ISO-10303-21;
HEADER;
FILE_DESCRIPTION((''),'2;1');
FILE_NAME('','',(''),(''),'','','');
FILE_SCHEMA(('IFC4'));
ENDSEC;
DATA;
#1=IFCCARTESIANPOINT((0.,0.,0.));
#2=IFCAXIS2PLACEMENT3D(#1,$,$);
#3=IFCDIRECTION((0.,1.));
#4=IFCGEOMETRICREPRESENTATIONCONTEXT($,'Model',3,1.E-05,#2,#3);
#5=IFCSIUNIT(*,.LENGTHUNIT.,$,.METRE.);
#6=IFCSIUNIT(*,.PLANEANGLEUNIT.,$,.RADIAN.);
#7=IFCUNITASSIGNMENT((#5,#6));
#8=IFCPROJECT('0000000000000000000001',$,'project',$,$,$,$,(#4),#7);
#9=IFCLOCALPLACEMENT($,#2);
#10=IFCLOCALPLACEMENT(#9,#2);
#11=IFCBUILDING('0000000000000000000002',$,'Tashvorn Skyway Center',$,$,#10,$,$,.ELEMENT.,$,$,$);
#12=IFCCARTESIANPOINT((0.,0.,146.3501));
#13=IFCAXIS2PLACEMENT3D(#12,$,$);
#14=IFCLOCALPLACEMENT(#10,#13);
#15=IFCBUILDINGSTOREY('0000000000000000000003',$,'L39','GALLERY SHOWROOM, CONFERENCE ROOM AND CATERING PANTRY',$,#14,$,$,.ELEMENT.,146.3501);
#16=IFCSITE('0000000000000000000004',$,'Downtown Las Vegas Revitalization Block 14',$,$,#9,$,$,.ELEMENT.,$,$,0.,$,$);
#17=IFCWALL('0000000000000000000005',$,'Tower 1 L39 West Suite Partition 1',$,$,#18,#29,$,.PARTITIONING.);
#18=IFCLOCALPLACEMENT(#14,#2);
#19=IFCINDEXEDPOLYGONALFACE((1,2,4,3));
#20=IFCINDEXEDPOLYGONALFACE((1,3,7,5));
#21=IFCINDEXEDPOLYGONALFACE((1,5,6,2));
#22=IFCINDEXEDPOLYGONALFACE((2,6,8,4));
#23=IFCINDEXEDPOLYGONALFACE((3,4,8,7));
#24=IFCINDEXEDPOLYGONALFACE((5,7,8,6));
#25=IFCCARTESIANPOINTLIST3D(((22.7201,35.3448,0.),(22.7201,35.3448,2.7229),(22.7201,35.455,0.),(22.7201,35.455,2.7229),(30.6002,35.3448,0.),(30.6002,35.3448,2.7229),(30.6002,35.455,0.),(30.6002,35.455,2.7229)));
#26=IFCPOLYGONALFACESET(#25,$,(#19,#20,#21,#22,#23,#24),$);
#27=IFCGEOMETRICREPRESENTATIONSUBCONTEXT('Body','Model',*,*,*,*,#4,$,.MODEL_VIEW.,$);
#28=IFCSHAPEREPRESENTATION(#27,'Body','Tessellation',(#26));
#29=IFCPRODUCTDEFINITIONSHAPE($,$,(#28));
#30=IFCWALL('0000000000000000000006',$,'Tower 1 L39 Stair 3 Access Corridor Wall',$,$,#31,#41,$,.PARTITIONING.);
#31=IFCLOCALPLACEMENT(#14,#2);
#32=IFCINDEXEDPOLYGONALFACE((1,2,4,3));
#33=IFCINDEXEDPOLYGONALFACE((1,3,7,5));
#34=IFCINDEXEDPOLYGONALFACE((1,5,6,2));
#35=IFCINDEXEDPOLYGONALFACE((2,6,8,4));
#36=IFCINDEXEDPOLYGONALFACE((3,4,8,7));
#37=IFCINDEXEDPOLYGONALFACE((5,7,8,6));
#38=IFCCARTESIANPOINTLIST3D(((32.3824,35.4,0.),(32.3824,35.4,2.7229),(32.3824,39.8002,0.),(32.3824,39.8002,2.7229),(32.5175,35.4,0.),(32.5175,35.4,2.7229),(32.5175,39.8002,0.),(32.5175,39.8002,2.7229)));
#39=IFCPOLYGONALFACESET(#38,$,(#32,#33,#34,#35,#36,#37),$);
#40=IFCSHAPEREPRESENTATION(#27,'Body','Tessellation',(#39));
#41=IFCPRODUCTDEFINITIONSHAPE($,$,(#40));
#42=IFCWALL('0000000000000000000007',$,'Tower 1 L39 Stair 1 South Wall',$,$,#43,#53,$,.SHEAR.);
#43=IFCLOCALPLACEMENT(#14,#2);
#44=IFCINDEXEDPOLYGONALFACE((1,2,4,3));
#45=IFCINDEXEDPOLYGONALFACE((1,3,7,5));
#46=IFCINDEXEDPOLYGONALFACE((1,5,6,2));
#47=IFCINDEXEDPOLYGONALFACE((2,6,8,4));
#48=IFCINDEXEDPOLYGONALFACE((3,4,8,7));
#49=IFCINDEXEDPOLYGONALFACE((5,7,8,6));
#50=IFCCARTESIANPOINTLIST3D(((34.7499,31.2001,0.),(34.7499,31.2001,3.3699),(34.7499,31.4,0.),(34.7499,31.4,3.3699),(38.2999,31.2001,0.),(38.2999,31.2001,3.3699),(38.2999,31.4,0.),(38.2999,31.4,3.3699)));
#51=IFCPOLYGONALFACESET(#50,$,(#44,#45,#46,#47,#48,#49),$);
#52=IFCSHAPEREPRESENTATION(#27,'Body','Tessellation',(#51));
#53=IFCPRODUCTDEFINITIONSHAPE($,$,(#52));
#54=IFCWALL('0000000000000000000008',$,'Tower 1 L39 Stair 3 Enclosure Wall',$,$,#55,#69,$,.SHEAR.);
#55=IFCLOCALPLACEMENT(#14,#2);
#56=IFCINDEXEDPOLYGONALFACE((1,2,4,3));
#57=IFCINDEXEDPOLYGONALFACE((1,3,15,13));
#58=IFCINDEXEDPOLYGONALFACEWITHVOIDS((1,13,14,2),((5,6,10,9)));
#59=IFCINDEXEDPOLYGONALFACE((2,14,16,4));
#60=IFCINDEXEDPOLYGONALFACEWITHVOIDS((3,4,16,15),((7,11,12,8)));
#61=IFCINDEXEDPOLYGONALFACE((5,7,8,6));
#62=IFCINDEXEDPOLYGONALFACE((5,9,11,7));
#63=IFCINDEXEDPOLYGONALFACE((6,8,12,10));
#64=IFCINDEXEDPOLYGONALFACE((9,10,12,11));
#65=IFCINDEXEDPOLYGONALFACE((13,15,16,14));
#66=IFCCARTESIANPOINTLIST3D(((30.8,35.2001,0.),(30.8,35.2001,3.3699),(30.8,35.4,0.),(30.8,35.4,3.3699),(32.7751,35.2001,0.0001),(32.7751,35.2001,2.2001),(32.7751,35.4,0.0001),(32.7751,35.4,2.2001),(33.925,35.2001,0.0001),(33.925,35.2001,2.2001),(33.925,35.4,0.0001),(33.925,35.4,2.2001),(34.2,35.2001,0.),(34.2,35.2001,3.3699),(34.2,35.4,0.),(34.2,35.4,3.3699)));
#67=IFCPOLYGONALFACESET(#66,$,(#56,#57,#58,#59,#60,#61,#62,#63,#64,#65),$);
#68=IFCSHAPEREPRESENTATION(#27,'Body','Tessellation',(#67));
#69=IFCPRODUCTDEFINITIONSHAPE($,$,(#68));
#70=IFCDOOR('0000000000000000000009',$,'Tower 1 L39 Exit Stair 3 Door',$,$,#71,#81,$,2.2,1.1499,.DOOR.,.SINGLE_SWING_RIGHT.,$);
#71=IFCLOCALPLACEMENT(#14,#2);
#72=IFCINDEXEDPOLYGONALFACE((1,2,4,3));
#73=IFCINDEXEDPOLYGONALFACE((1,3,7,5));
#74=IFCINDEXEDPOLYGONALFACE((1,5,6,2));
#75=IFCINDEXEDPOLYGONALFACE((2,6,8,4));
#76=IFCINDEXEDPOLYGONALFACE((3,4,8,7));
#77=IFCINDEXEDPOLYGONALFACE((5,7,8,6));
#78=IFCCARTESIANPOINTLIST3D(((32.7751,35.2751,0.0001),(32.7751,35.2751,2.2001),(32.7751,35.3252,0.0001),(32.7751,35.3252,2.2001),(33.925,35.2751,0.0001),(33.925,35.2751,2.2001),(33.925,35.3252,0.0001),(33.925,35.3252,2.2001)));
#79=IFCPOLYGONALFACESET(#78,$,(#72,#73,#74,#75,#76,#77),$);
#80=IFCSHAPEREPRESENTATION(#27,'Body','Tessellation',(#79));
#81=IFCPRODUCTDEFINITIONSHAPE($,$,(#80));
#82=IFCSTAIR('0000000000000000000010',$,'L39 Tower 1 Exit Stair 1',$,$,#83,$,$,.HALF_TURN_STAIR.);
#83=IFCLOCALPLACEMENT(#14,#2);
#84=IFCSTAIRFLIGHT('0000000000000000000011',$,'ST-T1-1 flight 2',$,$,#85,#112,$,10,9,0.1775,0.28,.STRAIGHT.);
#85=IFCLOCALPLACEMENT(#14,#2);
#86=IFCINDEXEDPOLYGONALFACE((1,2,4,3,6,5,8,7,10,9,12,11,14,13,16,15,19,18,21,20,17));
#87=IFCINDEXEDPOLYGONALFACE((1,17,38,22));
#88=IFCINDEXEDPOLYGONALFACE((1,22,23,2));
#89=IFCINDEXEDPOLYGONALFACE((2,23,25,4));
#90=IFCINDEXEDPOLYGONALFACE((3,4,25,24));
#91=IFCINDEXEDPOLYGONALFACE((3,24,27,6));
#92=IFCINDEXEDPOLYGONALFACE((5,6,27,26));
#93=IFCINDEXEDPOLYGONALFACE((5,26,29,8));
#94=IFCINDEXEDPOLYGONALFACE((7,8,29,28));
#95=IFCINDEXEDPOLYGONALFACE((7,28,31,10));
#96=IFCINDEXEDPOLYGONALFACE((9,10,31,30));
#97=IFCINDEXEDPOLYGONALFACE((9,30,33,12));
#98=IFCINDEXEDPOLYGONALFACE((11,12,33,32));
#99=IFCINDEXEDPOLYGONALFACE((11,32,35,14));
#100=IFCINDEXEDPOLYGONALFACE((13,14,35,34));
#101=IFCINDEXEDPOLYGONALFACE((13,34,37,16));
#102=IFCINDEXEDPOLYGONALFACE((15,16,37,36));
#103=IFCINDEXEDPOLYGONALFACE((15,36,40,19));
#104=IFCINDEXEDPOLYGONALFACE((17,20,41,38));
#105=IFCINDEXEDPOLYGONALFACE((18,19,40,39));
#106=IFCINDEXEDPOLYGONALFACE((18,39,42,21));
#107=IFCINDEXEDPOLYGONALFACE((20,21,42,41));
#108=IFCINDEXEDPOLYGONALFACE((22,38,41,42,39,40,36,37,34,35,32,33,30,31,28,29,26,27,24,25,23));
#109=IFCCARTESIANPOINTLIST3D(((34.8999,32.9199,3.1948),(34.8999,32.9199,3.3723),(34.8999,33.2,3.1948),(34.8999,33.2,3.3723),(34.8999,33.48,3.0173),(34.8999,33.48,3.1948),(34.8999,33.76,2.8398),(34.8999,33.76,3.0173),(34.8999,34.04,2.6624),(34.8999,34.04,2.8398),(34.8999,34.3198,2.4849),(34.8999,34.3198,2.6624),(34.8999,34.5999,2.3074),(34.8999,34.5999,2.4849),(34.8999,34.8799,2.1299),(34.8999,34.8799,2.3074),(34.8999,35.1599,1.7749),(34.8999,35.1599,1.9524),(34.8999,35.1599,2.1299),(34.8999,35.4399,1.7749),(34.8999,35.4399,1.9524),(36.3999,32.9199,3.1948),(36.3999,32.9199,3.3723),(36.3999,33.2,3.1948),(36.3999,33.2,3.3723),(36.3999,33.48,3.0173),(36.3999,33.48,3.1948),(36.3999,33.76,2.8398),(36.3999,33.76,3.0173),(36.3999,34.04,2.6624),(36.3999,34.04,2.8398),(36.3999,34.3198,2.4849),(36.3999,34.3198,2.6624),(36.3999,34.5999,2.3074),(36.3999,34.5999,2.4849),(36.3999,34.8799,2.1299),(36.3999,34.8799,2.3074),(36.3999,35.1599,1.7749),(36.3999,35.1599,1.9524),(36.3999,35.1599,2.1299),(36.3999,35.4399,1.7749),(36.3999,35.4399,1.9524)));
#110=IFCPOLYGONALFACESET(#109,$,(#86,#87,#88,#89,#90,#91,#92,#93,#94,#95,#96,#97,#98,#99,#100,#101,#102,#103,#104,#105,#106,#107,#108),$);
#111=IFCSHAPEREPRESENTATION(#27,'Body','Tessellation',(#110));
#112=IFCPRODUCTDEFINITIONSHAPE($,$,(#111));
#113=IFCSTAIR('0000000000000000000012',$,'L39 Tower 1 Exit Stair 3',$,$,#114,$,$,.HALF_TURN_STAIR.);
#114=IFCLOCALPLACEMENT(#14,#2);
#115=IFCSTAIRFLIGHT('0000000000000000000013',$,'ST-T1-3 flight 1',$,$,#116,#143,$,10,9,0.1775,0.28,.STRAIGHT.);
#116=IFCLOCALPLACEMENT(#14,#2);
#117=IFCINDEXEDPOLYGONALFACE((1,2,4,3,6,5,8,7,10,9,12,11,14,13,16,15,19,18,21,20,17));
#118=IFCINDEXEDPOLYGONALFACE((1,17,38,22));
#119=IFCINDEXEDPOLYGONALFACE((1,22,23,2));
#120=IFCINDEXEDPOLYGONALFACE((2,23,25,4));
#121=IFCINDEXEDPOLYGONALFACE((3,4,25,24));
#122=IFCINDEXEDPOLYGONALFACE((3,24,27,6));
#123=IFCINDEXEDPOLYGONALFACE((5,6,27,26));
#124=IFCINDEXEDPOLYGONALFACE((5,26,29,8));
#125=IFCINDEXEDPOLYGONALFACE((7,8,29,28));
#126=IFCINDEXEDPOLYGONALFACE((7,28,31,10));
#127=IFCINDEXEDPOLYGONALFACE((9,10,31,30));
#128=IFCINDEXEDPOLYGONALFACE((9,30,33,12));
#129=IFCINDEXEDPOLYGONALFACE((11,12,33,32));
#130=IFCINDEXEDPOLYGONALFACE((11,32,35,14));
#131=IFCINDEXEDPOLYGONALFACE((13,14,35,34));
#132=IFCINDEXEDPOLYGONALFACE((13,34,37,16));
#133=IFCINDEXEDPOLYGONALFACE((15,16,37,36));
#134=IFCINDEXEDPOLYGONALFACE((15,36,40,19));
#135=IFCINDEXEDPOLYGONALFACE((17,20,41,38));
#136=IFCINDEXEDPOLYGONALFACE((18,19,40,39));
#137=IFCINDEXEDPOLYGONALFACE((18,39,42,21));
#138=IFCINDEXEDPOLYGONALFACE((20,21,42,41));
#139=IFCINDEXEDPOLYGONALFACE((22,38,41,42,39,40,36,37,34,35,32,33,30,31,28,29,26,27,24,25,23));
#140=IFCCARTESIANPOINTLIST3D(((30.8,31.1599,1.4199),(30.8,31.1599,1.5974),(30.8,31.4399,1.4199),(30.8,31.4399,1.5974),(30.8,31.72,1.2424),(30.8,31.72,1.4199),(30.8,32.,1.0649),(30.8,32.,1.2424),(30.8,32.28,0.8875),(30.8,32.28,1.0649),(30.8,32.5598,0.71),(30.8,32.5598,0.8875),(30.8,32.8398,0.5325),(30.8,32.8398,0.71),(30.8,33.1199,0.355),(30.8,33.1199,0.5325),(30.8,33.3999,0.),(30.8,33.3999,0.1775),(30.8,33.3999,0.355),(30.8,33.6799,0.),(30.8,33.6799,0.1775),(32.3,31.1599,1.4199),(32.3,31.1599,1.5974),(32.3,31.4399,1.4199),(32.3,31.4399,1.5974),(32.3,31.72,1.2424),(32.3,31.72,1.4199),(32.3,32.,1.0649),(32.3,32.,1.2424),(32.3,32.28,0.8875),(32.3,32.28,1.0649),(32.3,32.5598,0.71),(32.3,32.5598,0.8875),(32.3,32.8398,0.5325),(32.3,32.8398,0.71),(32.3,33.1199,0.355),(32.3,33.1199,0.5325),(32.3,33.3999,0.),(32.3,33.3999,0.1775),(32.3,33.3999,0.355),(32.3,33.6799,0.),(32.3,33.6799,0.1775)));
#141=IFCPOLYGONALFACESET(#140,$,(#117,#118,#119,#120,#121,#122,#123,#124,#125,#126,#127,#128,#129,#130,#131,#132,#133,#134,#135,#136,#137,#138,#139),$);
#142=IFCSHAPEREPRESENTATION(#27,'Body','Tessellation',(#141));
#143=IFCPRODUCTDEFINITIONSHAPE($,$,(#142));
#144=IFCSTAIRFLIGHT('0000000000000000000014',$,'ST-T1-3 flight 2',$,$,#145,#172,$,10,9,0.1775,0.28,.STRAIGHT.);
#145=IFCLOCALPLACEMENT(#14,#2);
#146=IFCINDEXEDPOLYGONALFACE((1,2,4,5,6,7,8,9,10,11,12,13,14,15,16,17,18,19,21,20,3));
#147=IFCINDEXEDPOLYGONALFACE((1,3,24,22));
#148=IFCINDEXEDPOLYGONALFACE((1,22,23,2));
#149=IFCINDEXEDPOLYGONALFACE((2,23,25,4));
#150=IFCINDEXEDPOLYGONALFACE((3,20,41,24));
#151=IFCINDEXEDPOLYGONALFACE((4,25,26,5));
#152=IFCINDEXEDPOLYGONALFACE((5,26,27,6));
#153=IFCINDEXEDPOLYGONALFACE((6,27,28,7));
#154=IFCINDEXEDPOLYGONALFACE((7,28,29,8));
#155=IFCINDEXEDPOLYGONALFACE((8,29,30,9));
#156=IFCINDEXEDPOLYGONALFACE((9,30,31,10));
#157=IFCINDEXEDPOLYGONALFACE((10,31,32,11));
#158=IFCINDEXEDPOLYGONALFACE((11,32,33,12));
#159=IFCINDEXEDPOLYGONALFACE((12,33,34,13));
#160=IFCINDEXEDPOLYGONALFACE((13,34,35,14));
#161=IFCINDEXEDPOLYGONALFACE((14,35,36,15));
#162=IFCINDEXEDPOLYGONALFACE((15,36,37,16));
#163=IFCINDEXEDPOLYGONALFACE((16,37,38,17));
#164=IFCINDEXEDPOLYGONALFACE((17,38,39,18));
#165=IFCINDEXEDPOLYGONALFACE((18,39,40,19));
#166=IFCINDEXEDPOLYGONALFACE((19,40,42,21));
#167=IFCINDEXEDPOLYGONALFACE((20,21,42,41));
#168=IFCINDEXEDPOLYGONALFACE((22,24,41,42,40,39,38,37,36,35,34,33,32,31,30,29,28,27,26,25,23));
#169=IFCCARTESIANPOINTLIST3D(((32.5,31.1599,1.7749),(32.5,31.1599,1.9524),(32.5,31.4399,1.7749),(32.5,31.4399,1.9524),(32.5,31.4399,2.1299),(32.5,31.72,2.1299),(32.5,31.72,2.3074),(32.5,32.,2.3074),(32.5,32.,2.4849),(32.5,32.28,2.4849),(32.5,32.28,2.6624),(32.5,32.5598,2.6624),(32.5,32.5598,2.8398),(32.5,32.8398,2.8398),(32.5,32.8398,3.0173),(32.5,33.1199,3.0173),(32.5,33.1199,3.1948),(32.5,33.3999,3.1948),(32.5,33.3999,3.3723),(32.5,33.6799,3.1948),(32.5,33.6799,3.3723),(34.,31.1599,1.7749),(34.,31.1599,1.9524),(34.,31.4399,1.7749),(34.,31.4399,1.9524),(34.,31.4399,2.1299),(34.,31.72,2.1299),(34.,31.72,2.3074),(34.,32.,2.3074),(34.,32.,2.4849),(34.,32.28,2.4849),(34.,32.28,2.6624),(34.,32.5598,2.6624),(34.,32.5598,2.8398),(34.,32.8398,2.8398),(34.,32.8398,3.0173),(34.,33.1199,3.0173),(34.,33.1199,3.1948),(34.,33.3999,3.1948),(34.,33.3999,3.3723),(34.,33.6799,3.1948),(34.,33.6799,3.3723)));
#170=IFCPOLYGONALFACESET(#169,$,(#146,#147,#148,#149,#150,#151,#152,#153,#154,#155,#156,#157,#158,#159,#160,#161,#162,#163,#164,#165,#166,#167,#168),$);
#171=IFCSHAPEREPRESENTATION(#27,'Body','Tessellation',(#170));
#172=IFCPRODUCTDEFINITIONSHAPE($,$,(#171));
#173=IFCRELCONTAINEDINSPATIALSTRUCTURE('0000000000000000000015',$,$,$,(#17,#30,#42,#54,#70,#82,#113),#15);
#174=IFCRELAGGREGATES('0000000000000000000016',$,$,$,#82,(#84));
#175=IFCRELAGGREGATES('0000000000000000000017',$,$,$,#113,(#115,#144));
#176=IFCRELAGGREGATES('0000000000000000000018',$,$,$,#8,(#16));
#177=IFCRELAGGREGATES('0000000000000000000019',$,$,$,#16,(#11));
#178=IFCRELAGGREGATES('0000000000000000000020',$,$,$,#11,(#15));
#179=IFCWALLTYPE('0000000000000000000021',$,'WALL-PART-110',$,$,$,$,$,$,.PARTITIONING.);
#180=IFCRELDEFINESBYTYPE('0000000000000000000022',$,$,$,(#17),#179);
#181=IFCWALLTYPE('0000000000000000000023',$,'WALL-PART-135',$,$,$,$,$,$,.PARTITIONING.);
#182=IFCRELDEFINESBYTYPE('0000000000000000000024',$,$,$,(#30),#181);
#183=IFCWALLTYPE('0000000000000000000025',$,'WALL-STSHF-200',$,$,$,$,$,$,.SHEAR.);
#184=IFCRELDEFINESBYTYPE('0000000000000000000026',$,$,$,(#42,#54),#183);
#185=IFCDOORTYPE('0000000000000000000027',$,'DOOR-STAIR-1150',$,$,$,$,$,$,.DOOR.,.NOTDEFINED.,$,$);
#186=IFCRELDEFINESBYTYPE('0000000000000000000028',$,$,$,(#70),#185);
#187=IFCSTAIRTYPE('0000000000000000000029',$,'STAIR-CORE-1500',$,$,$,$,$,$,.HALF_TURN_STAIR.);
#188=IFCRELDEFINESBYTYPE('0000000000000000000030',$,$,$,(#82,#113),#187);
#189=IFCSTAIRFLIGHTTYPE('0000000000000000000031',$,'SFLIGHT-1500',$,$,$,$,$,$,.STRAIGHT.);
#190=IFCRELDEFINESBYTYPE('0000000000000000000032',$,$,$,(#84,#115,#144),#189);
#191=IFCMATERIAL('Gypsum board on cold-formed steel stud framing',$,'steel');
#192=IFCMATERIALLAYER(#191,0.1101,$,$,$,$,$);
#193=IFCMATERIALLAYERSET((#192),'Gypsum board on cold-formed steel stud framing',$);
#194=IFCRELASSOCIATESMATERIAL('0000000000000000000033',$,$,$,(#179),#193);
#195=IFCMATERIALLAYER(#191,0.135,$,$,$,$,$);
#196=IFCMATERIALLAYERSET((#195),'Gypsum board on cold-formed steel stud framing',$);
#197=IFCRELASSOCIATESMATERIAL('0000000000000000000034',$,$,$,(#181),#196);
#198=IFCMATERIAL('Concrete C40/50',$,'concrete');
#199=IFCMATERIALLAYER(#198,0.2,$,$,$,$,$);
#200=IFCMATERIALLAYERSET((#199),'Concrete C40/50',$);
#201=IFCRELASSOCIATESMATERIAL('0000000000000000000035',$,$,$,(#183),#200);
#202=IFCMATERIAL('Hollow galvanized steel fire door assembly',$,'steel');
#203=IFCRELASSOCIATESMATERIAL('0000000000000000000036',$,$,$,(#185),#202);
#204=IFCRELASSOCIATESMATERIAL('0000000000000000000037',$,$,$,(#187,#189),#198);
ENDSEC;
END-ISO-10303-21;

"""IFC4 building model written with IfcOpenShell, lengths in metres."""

from ifc_helpers import new_model, si_unit, direction, frame, frame_2d, origin, place, context, subcontext, project, spatial, polyline, rectangle, outline, extrude, material, layer, layer_set, type_object, element, fill, aggregate, save


model = new_model("IFC4")

# Units and contexts
model_context = context("Model", 3, precision=1e-05, world=origin(), true_north=direction((0.0, 1.0)))
body_context = subcontext(model_context, "Body", "Model", "MODEL_VIEW")
ifc_project = project(units=[si_unit("LENGTHUNIT", "METRE"), si_unit("PLANEANGLEUNIT", "RADIAN")], contexts=[model_context])

# Site, building, storey
site_placement = place(None, origin())
site = spatial("IfcSite", under=ifc_project, at=site_placement, Name="Downtown Las Vegas Revitalization Block 14", CompositionType="ELEMENT", RefElevation=0.0)
building_placement = place(site_placement, origin())
building = spatial("IfcBuilding", under=site, at=building_placement, Name="Tashvorn Skyway Center", CompositionType="ELEMENT")
storey_placement = place(building_placement, frame((0.0, 0.0, 146.3501)))
storey = spatial("IfcBuildingStorey", under=building, at=storey_placement, Name="L39", Description="GALLERY SHOWROOM, CONFERENCE ROOM AND CATERING PANTRY", CompositionType="ELEMENT", Elevation=146.3501)

# Walls
ifc_material_1 = material(Name="Gypsum board on cold-formed steel stud framing", Category="steel")
ifc_layer_1 = layer(ifc_material_1, 0.1101)
ifc_layer_set_1 = layer_set([ifc_layer_1], Name="Gypsum board on cold-formed steel stud framing")
wall_type_1 = type_object("IfcWallType", Name="WALL-PART-110", PredefinedType="PARTITIONING", material=ifc_layer_set_1)
wall_1_placement = place(storey_placement, frame((30.6001, 35.3999, 0.0), z_axis=(0.0, 0.0, 1.0), x_axis=(-1.0, 0.0, 0.0)))
element("IfcWall", 1, at=wall_1_placement, inside=storey, type_object=wall_type_1, Name="Tower 1 L39 West Suite Partition 1", PredefinedType="PARTITIONING", context=body_context, shape_type="SweptSolid", body=[
    extrude(rectangle(XDim=7.8801, YDim=0.1101, at=frame_2d((3.9399, 0.0))), origin(), (0.0, 0.0, 1.0), 2.7229),
])
ifc_layer_2 = layer(ifc_material_1, 0.135)
ifc_layer_set_2 = layer_set([ifc_layer_2], Name="Gypsum board on cold-formed steel stud framing")
wall_type_2 = type_object("IfcWallType", Name="WALL-PART-135", PredefinedType="PARTITIONING", material=ifc_layer_set_2)
wall_2_placement = place(storey_placement, frame((32.45, 35.3999, 0.0), z_axis=(0.0, 0.0, 1.0), x_axis=(0.0, 1.0, 0.0)))
element("IfcWall", 2, at=wall_2_placement, inside=storey, type_object=wall_type_2, Name="Tower 1 L39 Stair 3 Access Corridor Wall", PredefinedType="PARTITIONING", context=body_context, shape_type="SweptSolid", body=[
    extrude(rectangle(XDim=4.4001, YDim=0.135, at=frame_2d((2.2002, 0.0))), origin(), (0.0, 0.0, 1.0), 2.7229),
])
ifc_material_2 = material(Name="Concrete C40/50", Category="concrete")
ifc_layer_3 = layer(ifc_material_2, 0.2)
ifc_layer_set_3 = layer_set([ifc_layer_3], Name="Concrete C40/50")
wall_type_3 = type_object("IfcWallType", Name="WALL-STSHF-200", PredefinedType="SHEAR", material=ifc_layer_set_3)
wall_3_placement = place(storey_placement, frame((34.75, 31.3, 0.0), z_axis=(0.0, 0.0, 1.0), x_axis=(1.0, 0.0, 0.0)))
element("IfcWall", 3, at=wall_3_placement, inside=storey, type_object=wall_type_3, Name="Tower 1 L39 Stair 1 South Wall", PredefinedType="SHEAR", context=body_context, shape_type="SweptSolid", body=[
    extrude(rectangle(XDim=3.55, YDim=0.2, at=frame_2d((1.7749, 0.0))), origin(), (0.0, 0.0, 1.0), 3.3699),
])

# Wall, opening, door
wall_4_placement = place(storey_placement, frame((34.2, 35.3, 0.0), z_axis=(0.0, 0.0, 1.0), x_axis=(-1.0, 0.0, 0.0)))
wall_4 = element("IfcWall", 4, at=wall_4_placement, inside=storey, type_object=wall_type_3, Name="Tower 1 L39 Stair 3 Enclosure Wall", PredefinedType="SHEAR", context=body_context, shape_type="SweptSolid", body=[
    extrude(rectangle(XDim=3.3999, YDim=0.2, at=frame_2d((1.7, 0.0))), origin(), (0.0, 0.0, 1.0), 3.3699),
])
opening_placement = place(wall_4_placement, frame((0.2749, 0.0, 0.0)))
opening = element("IfcOpeningElement", 5, at=opening_placement, cuts=wall_4, PredefinedType="OPENING", context=body_context, shape_type="SweptSolid", body=[
    extrude(rectangle(XDim=1.1499, YDim=2.2, at=frame_2d((0.575, 1.1001))), frame((0.0, 0.1099, 0.0), z_axis=(0.0, -1.0, 0.0), x_axis=(1.0, 0.0, 0.0)), (0.0, 0.0, 1.0), 0.22),
])
ifc_material_3 = material(Name="Hollow galvanized steel fire door assembly", Category="steel")
door_type = type_object("IfcDoorType", Name="DOOR-STAIR-1150", OperationType="NOTDEFINED", PredefinedType="DOOR", material=ifc_material_3)
door_placement = place(opening_placement, origin())
door = element("IfcDoor", 6, at=door_placement, inside=storey, type_object=door_type, Name="Tower 1 L39 Exit Stair 3 Door", OperationType="SINGLE_SWING_RIGHT", OverallHeight=2.2, OverallWidth=1.1499, PredefinedType="DOOR", context=body_context, shape_type="SweptSolid", body=[
    extrude(rectangle(XDim=1.1499, YDim=2.2, at=frame_2d((0.575, 1.1001))), frame((0.0, 0.0249, 0.0), z_axis=(0.0, -1.0, 0.0), x_axis=(1.0, 0.0, 0.0)), (0.0, 0.0, 1.0), 0.05),
])
fill(opening, door)

# Stair, stair flight
stair_type = type_object("IfcStairType", Name="STAIR-CORE-1500", PredefinedType="HALF_TURN_STAIR", material=ifc_material_2)
stair_1_placement = place(storey_placement, origin())
stair_1 = element("IfcStair", 7, at=stair_1_placement, inside=storey, type_object=stair_type, Name="L39 Tower 1 Exit Stair 1", PredefinedType="HALF_TURN_STAIR")
stair_flight_type = type_object("IfcStairFlightType", Name="SFLIGHT-1500", PredefinedType="STRAIGHT", material=ifc_material_2)
stair_flight_1_placement = place(storey_placement, frame((35.6499, 35.4399, 1.7749), z_axis=(0.0, 0.0, 1.0), x_axis=(0.0, -1.0, 0.0)))
stair_flight_1 = element("IfcStairFlight", 8, at=stair_flight_1_placement, type_object=stair_flight_type, Name="ST-T1-1 flight 2", NumberOfRisers=10, NumberOfTreads=9, PredefinedType="STRAIGHT", RiserHeight=0.1775, TreadLength=0.28, context=body_context, shape_type="SweptSolid", body=[
    extrude(outline(polyline([(0.0, 0.0), (0.0, 0.1775), (0.28, 0.1775), (0.28, 0.355), (0.5601, 0.355), (0.5601, 0.5325), (0.8401, 0.5325), (0.8401, 0.71), (1.1201, 0.71), (1.1201, 0.8875), (1.3999, 0.8875), (1.3999, 1.0649), (1.6799, 1.0649), (1.6799, 1.2424), (1.96, 1.2424), (1.96, 1.4199), (2.24, 1.4199), (2.24, 1.5974), (2.52, 1.5974), (2.52, 1.7749), (2.52, 1.4199), (0.28, 0.0), (0.0, 0.0)])), frame((0.0, 0.75, 0.0), z_axis=(0.0, -1.0, 0.0), x_axis=(1.0, 0.0, 0.0)), (0.0, 0.0, 1.0), 1.5),
])
aggregate(stair_1, [stair_flight_1])

# Stair, stair flights
stair_2_placement = place(storey_placement, origin())
stair_2 = element("IfcStair", 9, at=stair_2_placement, inside=storey, type_object=stair_type, Name="L39 Tower 1 Exit Stair 3", PredefinedType="HALF_TURN_STAIR")
stair_flight_2_placement = place(storey_placement, frame((31.55, 33.6799, 0.0), z_axis=(0.0, 0.0, 1.0), x_axis=(0.0, -1.0, 0.0)))
stair_flight_2 = element("IfcStairFlight", 10, at=stair_flight_2_placement, type_object=stair_flight_type, Name="ST-T1-3 flight 1", NumberOfRisers=10, NumberOfTreads=9, PredefinedType="STRAIGHT", RiserHeight=0.1775, TreadLength=0.28, context=body_context, shape_type="SweptSolid", body=[
    extrude(outline(polyline([(0.0, 0.0), (0.0, 0.1775), (0.28, 0.1775), (0.28, 0.355), (0.5601, 0.355), (0.5601, 0.5325), (0.8401, 0.5325), (0.8401, 0.71), (1.1201, 0.71), (1.1201, 0.8875), (1.3999, 0.8875), (1.3999, 1.0649), (1.6799, 1.0649), (1.6799, 1.2424), (1.96, 1.2424), (1.96, 1.4199), (2.24, 1.4199), (2.24, 1.5974), (2.52, 1.5974), (2.52, 1.7749), (2.52, 1.4199), (0.28, 0.0), (0.0, 0.0)])), frame((0.0, 0.75, 0.0), z_axis=(0.0, -1.0, 0.0), x_axis=(1.0, 0.0, 0.0)), (0.0, 0.0, 1.0), 1.5),
])
stair_flight_3_placement = place(storey_placement, frame((33.25, 31.1599, 1.7749), z_axis=(0.0, 0.0, 1.0), x_axis=(0.0, 1.0, 0.0)))
stair_flight_3 = element("IfcStairFlight", 11, at=stair_flight_3_placement, type_object=stair_flight_type, Name="ST-T1-3 flight 2", NumberOfRisers=10, NumberOfTreads=9, PredefinedType="STRAIGHT", RiserHeight=0.1775, TreadLength=0.28, context=body_context, shape_type="SweptSolid", body=[
    extrude(outline(polyline([(0.0, 0.0), (0.0, 0.1775), (0.28, 0.1775), (0.28, 0.355), (0.5601, 0.355), (0.5601, 0.5325), (0.8401, 0.5325), (0.8401, 0.71), (1.1201, 0.71), (1.1201, 0.8875), (1.3999, 0.8875), (1.3999, 1.0649), (1.6799, 1.0649), (1.6799, 1.2424), (1.96, 1.2424), (1.96, 1.4199), (2.24, 1.4199), (2.24, 1.5974), (2.52, 1.5974), (2.52, 1.7749), (2.52, 1.4199), (0.28, 0.0), (0.0, 0.0)])), frame((0.0, 0.75, 0.0), z_axis=(0.0, -1.0, 0.0), x_axis=(1.0, 0.0, 0.0)), (0.0, 0.0, 1.0), 1.5),
])
aggregate(stair_2, [stair_flight_2, stair_flight_3])

save(model, "model.ifc")
